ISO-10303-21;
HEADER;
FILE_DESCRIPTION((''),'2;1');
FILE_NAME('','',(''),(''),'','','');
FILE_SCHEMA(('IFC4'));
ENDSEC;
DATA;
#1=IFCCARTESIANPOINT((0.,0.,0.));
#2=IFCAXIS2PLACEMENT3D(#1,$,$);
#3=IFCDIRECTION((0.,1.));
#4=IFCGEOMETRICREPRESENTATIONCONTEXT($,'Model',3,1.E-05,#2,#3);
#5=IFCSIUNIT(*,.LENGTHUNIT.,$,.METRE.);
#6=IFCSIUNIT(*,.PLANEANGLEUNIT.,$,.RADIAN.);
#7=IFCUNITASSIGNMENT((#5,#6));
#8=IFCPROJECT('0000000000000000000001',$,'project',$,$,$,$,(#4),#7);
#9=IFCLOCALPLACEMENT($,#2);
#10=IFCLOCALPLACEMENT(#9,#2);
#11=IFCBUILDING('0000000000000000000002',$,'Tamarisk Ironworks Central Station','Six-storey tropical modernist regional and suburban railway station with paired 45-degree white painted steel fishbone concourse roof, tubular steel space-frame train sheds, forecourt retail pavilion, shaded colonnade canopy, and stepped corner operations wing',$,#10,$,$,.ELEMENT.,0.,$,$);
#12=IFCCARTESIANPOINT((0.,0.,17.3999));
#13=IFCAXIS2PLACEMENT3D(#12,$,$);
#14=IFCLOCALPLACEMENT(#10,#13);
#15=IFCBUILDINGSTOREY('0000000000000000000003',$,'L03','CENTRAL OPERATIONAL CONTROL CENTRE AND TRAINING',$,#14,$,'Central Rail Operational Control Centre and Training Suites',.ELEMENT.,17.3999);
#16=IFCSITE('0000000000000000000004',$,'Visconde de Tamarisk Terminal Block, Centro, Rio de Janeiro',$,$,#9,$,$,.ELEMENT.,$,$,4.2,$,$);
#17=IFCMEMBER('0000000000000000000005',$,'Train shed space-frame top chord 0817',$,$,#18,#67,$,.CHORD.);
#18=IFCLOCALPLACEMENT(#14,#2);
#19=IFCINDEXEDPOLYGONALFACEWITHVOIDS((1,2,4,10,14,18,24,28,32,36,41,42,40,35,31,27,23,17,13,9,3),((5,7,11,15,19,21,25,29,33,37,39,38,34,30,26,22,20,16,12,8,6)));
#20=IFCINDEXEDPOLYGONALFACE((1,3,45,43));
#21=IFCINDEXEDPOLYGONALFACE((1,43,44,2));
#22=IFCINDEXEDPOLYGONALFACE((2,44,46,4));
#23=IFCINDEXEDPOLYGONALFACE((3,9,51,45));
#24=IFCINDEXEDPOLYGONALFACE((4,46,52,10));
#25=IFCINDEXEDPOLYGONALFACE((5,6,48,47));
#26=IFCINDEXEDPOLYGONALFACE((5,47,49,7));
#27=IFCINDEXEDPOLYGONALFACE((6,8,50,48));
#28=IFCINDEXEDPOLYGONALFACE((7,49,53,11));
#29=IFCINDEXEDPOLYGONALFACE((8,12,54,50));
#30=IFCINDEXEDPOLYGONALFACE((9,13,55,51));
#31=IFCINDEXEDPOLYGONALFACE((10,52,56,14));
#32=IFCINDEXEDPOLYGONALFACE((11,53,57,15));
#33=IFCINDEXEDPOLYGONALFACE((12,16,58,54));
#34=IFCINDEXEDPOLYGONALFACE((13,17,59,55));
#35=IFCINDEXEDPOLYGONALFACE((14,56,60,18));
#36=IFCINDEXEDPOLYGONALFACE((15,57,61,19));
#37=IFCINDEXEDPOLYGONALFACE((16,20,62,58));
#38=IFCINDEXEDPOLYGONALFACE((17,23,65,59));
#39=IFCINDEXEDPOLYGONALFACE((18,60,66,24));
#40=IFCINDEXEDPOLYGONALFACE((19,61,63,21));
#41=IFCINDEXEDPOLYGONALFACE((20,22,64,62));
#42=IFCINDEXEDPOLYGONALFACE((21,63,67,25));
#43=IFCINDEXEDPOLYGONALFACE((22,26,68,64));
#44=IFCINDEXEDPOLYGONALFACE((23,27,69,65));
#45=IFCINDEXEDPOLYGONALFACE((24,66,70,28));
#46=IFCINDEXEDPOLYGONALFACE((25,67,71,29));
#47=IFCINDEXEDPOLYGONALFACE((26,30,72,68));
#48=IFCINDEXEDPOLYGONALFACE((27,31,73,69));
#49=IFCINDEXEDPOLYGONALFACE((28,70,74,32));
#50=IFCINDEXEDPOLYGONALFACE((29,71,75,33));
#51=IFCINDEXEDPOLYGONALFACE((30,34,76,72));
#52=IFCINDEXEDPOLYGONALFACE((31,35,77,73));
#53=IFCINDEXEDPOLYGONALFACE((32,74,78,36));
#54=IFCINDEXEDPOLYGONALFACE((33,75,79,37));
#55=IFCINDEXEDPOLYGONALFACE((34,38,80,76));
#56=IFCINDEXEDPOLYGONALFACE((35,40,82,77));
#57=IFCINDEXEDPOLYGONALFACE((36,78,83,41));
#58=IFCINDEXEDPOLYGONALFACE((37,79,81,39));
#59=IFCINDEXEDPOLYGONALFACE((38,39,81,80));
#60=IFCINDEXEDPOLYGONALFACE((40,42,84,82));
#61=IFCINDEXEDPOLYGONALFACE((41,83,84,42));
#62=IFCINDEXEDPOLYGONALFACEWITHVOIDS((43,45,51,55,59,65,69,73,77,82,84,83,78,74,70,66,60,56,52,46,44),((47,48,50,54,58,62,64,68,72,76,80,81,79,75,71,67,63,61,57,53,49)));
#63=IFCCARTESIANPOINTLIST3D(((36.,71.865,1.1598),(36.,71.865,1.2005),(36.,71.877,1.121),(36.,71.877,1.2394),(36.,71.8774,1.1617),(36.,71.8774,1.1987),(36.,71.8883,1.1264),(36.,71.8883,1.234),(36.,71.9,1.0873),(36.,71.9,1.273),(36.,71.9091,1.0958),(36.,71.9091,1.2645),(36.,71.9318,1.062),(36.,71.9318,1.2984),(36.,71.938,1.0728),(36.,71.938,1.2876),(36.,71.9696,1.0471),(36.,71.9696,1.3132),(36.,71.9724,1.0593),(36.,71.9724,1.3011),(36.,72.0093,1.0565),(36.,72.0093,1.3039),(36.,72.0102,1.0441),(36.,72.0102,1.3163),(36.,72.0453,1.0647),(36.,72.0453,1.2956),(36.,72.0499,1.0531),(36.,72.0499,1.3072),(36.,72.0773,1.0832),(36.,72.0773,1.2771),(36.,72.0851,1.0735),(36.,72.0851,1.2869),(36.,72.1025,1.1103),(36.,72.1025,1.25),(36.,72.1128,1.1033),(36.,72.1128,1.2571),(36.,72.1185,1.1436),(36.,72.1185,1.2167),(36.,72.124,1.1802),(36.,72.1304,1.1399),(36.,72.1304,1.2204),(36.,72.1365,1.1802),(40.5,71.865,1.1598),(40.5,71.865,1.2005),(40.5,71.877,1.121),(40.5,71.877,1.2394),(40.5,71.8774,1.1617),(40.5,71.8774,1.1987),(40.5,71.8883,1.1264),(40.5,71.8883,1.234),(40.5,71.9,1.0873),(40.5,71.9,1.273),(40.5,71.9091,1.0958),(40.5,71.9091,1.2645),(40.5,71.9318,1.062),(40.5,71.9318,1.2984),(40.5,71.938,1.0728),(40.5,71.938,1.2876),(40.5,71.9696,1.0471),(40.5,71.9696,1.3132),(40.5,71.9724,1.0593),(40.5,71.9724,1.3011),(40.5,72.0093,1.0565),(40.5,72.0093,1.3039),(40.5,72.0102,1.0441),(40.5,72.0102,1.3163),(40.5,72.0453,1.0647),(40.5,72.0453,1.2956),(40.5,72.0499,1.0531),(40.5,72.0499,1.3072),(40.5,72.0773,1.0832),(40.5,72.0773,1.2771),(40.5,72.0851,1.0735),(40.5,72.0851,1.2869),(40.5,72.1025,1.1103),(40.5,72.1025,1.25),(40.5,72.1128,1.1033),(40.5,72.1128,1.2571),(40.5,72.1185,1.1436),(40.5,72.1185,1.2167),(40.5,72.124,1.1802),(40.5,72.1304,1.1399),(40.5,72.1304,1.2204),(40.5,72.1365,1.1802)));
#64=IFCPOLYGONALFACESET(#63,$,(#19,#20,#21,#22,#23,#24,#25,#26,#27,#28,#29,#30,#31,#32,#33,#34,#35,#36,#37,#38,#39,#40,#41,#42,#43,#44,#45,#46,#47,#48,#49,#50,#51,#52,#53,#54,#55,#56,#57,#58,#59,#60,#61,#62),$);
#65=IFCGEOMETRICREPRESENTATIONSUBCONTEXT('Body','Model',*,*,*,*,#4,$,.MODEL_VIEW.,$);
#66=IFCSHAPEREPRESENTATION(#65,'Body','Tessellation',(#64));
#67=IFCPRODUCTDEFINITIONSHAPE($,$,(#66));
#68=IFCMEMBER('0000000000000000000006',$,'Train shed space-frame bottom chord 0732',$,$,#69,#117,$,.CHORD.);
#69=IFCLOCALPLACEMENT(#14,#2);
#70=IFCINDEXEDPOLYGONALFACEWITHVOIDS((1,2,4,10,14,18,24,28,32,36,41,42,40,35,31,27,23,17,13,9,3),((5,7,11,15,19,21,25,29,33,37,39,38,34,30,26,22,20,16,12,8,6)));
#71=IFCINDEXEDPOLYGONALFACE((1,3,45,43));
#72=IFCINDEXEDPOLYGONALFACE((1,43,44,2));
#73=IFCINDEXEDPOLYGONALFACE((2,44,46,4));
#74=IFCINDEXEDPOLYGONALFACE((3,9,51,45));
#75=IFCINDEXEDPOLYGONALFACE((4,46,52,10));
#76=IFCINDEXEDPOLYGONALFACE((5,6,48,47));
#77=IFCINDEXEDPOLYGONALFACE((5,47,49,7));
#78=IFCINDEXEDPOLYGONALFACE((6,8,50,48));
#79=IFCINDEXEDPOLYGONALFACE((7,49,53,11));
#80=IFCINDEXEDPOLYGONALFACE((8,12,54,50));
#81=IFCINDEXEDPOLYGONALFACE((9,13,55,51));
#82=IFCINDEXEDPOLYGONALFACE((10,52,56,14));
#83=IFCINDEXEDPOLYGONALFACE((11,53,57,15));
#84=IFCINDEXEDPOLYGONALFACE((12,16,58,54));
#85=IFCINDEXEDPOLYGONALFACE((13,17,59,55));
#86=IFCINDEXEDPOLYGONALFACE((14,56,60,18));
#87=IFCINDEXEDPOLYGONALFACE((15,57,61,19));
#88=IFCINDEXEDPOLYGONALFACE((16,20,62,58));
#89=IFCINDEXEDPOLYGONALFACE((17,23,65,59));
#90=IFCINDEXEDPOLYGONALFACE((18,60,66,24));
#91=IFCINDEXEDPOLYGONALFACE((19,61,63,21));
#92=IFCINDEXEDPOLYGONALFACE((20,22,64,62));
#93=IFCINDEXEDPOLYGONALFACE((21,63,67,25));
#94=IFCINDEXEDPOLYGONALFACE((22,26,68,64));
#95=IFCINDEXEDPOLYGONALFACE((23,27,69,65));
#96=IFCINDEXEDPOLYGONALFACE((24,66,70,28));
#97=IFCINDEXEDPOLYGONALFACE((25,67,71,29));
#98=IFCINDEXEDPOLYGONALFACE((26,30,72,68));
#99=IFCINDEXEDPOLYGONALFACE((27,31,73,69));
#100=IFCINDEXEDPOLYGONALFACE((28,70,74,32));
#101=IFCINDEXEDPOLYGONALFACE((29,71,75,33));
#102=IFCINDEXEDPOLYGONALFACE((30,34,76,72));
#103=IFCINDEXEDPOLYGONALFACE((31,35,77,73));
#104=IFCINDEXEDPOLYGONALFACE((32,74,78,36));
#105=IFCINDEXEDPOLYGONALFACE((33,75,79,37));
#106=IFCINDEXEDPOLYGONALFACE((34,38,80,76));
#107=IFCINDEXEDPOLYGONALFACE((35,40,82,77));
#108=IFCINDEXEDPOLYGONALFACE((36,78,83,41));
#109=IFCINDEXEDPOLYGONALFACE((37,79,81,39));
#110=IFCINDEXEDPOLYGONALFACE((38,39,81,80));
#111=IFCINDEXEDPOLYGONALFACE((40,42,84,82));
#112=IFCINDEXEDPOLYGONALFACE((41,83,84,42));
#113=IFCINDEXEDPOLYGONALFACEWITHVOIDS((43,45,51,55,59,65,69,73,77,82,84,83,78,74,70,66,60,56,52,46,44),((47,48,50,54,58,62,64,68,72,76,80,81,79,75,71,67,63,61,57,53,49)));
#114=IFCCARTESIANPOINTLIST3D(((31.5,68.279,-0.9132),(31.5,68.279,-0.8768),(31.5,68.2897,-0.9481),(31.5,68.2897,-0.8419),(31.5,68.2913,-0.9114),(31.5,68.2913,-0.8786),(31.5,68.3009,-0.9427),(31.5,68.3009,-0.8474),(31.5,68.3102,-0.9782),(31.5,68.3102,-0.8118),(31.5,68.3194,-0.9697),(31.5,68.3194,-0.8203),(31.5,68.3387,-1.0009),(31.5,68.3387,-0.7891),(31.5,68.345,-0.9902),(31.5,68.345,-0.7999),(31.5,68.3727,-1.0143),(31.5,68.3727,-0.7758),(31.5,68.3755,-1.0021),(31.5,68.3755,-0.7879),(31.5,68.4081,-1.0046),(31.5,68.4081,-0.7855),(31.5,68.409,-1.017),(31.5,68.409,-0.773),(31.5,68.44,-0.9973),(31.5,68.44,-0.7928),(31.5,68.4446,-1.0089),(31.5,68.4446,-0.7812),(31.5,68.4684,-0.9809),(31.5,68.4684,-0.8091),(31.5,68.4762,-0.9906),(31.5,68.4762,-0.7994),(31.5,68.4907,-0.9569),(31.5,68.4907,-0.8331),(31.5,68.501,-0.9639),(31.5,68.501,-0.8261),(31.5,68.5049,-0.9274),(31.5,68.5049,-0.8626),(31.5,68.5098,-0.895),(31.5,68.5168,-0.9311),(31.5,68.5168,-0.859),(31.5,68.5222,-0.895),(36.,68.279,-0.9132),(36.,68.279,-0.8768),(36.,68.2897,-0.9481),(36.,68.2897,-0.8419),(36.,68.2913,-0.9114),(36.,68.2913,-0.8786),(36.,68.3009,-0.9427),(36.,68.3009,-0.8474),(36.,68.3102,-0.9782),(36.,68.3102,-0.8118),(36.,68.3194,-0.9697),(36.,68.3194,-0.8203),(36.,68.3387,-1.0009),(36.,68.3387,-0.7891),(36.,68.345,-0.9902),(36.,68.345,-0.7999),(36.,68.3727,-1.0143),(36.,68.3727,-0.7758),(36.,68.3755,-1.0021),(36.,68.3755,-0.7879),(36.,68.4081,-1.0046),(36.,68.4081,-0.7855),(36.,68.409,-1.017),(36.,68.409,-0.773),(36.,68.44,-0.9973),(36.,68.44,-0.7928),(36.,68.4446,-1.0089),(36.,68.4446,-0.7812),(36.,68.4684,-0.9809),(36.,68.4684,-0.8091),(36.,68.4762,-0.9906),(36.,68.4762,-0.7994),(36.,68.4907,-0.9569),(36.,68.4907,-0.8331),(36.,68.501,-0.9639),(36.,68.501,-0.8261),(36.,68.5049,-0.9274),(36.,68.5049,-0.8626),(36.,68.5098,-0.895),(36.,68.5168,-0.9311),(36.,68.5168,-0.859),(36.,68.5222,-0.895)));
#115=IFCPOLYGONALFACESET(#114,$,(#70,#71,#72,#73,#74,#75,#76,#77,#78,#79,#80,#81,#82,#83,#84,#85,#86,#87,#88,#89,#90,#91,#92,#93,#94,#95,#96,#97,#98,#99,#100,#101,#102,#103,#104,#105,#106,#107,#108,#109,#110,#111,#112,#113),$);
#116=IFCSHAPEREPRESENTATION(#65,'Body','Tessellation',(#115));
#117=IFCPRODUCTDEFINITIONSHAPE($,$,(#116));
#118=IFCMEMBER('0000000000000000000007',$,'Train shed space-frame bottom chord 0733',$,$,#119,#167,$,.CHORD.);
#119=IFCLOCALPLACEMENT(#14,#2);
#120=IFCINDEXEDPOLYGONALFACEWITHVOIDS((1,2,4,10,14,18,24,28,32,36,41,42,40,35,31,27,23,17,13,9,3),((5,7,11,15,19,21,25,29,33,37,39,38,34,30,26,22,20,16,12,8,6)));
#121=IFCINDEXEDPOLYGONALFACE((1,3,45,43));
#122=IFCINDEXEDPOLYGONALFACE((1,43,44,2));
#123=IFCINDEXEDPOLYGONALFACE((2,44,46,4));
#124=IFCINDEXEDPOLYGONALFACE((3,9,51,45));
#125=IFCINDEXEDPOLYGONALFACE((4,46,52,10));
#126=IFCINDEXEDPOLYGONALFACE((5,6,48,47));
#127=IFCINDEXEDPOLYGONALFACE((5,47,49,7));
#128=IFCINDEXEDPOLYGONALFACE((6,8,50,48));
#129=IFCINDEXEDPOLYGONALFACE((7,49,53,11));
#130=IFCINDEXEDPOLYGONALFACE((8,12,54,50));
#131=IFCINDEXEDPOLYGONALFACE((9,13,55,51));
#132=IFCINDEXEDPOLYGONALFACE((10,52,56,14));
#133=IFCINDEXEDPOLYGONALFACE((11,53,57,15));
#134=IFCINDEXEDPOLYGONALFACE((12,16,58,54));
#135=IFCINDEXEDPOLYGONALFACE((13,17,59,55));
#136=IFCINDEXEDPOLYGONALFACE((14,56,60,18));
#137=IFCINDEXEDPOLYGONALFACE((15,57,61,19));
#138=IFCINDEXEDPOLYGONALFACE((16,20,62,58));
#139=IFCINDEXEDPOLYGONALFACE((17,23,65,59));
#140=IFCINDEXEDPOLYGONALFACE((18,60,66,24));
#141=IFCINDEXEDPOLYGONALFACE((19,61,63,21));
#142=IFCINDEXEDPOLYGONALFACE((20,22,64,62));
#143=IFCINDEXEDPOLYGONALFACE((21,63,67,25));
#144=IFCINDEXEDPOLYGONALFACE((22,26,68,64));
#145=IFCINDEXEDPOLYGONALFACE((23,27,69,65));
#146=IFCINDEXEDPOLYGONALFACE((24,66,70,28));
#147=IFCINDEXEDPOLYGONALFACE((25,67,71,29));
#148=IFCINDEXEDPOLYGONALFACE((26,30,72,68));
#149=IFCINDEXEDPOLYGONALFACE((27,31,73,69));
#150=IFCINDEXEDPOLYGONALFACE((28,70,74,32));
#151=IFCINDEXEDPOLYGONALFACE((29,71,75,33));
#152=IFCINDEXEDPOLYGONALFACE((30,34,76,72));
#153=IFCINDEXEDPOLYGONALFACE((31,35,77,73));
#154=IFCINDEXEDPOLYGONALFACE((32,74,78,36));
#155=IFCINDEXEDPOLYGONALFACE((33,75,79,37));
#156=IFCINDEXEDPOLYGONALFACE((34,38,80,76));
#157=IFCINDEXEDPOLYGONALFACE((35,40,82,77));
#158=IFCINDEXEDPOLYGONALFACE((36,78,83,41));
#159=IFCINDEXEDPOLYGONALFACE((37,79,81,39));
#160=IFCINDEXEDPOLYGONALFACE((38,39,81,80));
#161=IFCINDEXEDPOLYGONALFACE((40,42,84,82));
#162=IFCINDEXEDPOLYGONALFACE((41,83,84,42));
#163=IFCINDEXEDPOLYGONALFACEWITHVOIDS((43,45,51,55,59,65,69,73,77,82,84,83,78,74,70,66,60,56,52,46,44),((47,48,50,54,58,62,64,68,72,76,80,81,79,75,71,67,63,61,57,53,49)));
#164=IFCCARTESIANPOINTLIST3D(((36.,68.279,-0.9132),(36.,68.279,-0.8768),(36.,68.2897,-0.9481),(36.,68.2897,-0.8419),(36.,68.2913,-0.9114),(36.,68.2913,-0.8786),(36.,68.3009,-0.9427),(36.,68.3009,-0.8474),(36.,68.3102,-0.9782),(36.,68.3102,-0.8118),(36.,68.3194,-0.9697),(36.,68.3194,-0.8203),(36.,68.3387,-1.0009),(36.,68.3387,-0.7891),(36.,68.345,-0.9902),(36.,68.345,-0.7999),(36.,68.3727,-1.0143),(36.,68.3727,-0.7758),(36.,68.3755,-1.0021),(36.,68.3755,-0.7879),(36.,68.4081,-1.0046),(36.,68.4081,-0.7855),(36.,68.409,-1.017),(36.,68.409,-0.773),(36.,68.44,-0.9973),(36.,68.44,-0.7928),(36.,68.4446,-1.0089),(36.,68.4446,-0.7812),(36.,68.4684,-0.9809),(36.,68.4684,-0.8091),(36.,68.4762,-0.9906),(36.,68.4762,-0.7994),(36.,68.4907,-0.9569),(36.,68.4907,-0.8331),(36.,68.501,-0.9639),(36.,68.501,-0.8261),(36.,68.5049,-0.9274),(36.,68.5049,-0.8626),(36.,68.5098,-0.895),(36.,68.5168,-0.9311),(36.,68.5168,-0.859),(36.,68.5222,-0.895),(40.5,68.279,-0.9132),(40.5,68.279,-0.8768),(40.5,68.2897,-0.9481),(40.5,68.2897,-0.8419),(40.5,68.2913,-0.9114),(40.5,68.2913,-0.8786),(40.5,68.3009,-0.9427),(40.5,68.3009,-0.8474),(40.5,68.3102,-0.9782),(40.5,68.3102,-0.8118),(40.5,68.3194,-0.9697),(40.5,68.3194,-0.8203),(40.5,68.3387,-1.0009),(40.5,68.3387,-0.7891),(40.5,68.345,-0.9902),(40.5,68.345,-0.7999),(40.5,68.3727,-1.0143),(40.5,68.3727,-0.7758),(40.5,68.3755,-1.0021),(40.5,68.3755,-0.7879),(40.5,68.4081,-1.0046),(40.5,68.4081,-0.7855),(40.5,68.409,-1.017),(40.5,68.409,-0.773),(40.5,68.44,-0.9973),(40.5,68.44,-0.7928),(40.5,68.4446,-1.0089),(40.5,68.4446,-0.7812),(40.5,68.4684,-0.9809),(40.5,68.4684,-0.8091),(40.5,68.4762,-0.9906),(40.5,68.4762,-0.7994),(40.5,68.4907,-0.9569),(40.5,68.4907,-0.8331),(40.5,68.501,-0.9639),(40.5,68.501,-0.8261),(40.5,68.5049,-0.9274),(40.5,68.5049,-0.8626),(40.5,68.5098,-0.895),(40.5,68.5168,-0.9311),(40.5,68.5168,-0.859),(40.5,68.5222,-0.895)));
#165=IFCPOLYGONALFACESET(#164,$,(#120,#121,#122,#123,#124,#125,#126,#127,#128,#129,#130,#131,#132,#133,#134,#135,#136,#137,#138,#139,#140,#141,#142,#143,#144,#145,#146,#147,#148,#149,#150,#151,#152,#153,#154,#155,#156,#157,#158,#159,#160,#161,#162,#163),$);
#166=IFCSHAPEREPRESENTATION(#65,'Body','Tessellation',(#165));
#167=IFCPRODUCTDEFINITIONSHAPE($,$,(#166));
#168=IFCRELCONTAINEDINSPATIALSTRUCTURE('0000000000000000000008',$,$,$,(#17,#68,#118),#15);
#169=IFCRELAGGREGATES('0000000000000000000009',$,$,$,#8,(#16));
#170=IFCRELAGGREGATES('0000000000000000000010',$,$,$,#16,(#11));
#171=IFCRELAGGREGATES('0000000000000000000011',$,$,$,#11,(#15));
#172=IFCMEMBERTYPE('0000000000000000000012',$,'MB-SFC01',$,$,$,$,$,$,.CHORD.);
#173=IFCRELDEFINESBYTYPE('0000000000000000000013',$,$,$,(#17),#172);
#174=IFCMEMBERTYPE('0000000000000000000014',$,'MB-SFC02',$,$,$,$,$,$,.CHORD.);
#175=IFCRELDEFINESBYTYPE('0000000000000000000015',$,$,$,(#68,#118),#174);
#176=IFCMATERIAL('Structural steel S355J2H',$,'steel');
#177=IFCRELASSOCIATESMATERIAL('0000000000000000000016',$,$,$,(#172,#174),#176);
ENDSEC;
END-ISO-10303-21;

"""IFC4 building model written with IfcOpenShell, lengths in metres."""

from ifc_helpers import new_model, si_unit, direction, frame, origin, origin_2d, place, context, subcontext, project, spatial, hollow_circle, extrude, material, material_profile, profile_set, type_object, element, save


model = new_model("IFC4")

# Units and contexts
model_context = context("Model", 3, precision=1e-05, world=origin(), true_north=direction((0.0, 1.0)))
body_context = subcontext(model_context, "Body", "Model", "MODEL_VIEW")
ifc_project = project(units=[si_unit("LENGTHUNIT", "METRE"), si_unit("PLANEANGLEUNIT", "RADIAN")], contexts=[model_context])

# Site, building, storey
site_placement = place(None, origin())
site = spatial("IfcSite", under=ifc_project, at=site_placement, Name="Visconde de Tamarisk Terminal Block, Centro, Rio de Janeiro", CompositionType="ELEMENT", RefElevation=4.2)
building_placement = place(site_placement, origin())
building = spatial("IfcBuilding", under=site, at=building_placement, Name="Tamarisk Ironworks Central Station", Description="Six-storey tropical modernist regional and suburban railway station with paired 45-degree white painted steel fishbone concourse roof, tubular steel space-frame train sheds, forecourt retail pavilion, shaded colonnade canopy, and stepped corner operations wing", CompositionType="ELEMENT", ElevationOfRefHeight=0.0)
storey_placement = place(building_placement, frame((0.0, 0.0, 17.3999)))
storey = spatial("IfcBuildingStorey", under=building, at=storey_placement, Name="L03", Description="CENTRAL OPERATIONAL CONTROL CENTRE AND TRAINING", LongName="Central Rail Operational Control Centre and Training Suites", CompositionType="ELEMENT", Elevation=17.3999)

# Members
ifc_material = material(Name="Structural steel S355J2H", Category="steel")
ifc_material_profile_1 = material_profile(ifc_material, hollow_circle(Radius=0.1365, WallThickness=0.0125, at=origin_2d()), Name="CHS 273x12.5")
ifc_profile_set_1 = profile_set([ifc_material_profile_1], Name="Structural steel S355J2H")
member_type_1 = type_object("IfcMemberType", Name="MB-SFC01", PredefinedType="CHORD", material=ifc_profile_set_1)
for number, where, z_axis, x_axis, name in (
    (1, (36.0, 72.0, 1.1802), (1.0, 0.0, 0.0), (0.0, 1.0, 0.0), "Train shed space-frame top chord 0817"),
):
    element("IfcMember", number, at=place(storey_placement, frame(where, z_axis=z_axis, x_axis=x_axis)), inside=storey, type_object=member_type_1, Name=name, PredefinedType="CHORD", context=body_context, shape_type="SweptSolid", body=[
        extrude(hollow_circle(Radius=0.1365, WallThickness=0.0125, at=origin_2d()), origin(), (0.0, 0.0, 1.0), 4.5),
    ])
ifc_material_profile_2 = material_profile(ifc_material, hollow_circle(Radius=0.1223, WallThickness=0.0125, at=origin_2d()), Name="CHS 244.5x12.5")
ifc_profile_set_2 = profile_set([ifc_material_profile_2], Name="Structural steel S355J2H")
member_type_2 = type_object("IfcMemberType", Name="MB-SFC02", PredefinedType="CHORD", material=ifc_profile_set_2)
for number, where, z_axis, x_axis, name in (
    (2, (31.5, 68.3999, -0.895), (1.0, 0.0, 0.0), (0.0, 1.0, 0.0), "Train shed space-frame bottom chord 0732"),
    (3, (36.0, 68.3999, -0.895), (1.0, 0.0, 0.0), (0.0, 1.0, 0.0), "Train shed space-frame bottom chord 0733"),
):
    element("IfcMember", number, at=place(storey_placement, frame(where, z_axis=z_axis, x_axis=x_axis)), inside=storey, type_object=member_type_2, Name=name, PredefinedType="CHORD", context=body_context, shape_type="SweptSolid", body=[
        extrude(hollow_circle(Radius=0.1223, WallThickness=0.0125, at=origin_2d()), origin(), (0.0, 0.0, 1.0), 4.5),
    ])

save(model, "model.ifc")
